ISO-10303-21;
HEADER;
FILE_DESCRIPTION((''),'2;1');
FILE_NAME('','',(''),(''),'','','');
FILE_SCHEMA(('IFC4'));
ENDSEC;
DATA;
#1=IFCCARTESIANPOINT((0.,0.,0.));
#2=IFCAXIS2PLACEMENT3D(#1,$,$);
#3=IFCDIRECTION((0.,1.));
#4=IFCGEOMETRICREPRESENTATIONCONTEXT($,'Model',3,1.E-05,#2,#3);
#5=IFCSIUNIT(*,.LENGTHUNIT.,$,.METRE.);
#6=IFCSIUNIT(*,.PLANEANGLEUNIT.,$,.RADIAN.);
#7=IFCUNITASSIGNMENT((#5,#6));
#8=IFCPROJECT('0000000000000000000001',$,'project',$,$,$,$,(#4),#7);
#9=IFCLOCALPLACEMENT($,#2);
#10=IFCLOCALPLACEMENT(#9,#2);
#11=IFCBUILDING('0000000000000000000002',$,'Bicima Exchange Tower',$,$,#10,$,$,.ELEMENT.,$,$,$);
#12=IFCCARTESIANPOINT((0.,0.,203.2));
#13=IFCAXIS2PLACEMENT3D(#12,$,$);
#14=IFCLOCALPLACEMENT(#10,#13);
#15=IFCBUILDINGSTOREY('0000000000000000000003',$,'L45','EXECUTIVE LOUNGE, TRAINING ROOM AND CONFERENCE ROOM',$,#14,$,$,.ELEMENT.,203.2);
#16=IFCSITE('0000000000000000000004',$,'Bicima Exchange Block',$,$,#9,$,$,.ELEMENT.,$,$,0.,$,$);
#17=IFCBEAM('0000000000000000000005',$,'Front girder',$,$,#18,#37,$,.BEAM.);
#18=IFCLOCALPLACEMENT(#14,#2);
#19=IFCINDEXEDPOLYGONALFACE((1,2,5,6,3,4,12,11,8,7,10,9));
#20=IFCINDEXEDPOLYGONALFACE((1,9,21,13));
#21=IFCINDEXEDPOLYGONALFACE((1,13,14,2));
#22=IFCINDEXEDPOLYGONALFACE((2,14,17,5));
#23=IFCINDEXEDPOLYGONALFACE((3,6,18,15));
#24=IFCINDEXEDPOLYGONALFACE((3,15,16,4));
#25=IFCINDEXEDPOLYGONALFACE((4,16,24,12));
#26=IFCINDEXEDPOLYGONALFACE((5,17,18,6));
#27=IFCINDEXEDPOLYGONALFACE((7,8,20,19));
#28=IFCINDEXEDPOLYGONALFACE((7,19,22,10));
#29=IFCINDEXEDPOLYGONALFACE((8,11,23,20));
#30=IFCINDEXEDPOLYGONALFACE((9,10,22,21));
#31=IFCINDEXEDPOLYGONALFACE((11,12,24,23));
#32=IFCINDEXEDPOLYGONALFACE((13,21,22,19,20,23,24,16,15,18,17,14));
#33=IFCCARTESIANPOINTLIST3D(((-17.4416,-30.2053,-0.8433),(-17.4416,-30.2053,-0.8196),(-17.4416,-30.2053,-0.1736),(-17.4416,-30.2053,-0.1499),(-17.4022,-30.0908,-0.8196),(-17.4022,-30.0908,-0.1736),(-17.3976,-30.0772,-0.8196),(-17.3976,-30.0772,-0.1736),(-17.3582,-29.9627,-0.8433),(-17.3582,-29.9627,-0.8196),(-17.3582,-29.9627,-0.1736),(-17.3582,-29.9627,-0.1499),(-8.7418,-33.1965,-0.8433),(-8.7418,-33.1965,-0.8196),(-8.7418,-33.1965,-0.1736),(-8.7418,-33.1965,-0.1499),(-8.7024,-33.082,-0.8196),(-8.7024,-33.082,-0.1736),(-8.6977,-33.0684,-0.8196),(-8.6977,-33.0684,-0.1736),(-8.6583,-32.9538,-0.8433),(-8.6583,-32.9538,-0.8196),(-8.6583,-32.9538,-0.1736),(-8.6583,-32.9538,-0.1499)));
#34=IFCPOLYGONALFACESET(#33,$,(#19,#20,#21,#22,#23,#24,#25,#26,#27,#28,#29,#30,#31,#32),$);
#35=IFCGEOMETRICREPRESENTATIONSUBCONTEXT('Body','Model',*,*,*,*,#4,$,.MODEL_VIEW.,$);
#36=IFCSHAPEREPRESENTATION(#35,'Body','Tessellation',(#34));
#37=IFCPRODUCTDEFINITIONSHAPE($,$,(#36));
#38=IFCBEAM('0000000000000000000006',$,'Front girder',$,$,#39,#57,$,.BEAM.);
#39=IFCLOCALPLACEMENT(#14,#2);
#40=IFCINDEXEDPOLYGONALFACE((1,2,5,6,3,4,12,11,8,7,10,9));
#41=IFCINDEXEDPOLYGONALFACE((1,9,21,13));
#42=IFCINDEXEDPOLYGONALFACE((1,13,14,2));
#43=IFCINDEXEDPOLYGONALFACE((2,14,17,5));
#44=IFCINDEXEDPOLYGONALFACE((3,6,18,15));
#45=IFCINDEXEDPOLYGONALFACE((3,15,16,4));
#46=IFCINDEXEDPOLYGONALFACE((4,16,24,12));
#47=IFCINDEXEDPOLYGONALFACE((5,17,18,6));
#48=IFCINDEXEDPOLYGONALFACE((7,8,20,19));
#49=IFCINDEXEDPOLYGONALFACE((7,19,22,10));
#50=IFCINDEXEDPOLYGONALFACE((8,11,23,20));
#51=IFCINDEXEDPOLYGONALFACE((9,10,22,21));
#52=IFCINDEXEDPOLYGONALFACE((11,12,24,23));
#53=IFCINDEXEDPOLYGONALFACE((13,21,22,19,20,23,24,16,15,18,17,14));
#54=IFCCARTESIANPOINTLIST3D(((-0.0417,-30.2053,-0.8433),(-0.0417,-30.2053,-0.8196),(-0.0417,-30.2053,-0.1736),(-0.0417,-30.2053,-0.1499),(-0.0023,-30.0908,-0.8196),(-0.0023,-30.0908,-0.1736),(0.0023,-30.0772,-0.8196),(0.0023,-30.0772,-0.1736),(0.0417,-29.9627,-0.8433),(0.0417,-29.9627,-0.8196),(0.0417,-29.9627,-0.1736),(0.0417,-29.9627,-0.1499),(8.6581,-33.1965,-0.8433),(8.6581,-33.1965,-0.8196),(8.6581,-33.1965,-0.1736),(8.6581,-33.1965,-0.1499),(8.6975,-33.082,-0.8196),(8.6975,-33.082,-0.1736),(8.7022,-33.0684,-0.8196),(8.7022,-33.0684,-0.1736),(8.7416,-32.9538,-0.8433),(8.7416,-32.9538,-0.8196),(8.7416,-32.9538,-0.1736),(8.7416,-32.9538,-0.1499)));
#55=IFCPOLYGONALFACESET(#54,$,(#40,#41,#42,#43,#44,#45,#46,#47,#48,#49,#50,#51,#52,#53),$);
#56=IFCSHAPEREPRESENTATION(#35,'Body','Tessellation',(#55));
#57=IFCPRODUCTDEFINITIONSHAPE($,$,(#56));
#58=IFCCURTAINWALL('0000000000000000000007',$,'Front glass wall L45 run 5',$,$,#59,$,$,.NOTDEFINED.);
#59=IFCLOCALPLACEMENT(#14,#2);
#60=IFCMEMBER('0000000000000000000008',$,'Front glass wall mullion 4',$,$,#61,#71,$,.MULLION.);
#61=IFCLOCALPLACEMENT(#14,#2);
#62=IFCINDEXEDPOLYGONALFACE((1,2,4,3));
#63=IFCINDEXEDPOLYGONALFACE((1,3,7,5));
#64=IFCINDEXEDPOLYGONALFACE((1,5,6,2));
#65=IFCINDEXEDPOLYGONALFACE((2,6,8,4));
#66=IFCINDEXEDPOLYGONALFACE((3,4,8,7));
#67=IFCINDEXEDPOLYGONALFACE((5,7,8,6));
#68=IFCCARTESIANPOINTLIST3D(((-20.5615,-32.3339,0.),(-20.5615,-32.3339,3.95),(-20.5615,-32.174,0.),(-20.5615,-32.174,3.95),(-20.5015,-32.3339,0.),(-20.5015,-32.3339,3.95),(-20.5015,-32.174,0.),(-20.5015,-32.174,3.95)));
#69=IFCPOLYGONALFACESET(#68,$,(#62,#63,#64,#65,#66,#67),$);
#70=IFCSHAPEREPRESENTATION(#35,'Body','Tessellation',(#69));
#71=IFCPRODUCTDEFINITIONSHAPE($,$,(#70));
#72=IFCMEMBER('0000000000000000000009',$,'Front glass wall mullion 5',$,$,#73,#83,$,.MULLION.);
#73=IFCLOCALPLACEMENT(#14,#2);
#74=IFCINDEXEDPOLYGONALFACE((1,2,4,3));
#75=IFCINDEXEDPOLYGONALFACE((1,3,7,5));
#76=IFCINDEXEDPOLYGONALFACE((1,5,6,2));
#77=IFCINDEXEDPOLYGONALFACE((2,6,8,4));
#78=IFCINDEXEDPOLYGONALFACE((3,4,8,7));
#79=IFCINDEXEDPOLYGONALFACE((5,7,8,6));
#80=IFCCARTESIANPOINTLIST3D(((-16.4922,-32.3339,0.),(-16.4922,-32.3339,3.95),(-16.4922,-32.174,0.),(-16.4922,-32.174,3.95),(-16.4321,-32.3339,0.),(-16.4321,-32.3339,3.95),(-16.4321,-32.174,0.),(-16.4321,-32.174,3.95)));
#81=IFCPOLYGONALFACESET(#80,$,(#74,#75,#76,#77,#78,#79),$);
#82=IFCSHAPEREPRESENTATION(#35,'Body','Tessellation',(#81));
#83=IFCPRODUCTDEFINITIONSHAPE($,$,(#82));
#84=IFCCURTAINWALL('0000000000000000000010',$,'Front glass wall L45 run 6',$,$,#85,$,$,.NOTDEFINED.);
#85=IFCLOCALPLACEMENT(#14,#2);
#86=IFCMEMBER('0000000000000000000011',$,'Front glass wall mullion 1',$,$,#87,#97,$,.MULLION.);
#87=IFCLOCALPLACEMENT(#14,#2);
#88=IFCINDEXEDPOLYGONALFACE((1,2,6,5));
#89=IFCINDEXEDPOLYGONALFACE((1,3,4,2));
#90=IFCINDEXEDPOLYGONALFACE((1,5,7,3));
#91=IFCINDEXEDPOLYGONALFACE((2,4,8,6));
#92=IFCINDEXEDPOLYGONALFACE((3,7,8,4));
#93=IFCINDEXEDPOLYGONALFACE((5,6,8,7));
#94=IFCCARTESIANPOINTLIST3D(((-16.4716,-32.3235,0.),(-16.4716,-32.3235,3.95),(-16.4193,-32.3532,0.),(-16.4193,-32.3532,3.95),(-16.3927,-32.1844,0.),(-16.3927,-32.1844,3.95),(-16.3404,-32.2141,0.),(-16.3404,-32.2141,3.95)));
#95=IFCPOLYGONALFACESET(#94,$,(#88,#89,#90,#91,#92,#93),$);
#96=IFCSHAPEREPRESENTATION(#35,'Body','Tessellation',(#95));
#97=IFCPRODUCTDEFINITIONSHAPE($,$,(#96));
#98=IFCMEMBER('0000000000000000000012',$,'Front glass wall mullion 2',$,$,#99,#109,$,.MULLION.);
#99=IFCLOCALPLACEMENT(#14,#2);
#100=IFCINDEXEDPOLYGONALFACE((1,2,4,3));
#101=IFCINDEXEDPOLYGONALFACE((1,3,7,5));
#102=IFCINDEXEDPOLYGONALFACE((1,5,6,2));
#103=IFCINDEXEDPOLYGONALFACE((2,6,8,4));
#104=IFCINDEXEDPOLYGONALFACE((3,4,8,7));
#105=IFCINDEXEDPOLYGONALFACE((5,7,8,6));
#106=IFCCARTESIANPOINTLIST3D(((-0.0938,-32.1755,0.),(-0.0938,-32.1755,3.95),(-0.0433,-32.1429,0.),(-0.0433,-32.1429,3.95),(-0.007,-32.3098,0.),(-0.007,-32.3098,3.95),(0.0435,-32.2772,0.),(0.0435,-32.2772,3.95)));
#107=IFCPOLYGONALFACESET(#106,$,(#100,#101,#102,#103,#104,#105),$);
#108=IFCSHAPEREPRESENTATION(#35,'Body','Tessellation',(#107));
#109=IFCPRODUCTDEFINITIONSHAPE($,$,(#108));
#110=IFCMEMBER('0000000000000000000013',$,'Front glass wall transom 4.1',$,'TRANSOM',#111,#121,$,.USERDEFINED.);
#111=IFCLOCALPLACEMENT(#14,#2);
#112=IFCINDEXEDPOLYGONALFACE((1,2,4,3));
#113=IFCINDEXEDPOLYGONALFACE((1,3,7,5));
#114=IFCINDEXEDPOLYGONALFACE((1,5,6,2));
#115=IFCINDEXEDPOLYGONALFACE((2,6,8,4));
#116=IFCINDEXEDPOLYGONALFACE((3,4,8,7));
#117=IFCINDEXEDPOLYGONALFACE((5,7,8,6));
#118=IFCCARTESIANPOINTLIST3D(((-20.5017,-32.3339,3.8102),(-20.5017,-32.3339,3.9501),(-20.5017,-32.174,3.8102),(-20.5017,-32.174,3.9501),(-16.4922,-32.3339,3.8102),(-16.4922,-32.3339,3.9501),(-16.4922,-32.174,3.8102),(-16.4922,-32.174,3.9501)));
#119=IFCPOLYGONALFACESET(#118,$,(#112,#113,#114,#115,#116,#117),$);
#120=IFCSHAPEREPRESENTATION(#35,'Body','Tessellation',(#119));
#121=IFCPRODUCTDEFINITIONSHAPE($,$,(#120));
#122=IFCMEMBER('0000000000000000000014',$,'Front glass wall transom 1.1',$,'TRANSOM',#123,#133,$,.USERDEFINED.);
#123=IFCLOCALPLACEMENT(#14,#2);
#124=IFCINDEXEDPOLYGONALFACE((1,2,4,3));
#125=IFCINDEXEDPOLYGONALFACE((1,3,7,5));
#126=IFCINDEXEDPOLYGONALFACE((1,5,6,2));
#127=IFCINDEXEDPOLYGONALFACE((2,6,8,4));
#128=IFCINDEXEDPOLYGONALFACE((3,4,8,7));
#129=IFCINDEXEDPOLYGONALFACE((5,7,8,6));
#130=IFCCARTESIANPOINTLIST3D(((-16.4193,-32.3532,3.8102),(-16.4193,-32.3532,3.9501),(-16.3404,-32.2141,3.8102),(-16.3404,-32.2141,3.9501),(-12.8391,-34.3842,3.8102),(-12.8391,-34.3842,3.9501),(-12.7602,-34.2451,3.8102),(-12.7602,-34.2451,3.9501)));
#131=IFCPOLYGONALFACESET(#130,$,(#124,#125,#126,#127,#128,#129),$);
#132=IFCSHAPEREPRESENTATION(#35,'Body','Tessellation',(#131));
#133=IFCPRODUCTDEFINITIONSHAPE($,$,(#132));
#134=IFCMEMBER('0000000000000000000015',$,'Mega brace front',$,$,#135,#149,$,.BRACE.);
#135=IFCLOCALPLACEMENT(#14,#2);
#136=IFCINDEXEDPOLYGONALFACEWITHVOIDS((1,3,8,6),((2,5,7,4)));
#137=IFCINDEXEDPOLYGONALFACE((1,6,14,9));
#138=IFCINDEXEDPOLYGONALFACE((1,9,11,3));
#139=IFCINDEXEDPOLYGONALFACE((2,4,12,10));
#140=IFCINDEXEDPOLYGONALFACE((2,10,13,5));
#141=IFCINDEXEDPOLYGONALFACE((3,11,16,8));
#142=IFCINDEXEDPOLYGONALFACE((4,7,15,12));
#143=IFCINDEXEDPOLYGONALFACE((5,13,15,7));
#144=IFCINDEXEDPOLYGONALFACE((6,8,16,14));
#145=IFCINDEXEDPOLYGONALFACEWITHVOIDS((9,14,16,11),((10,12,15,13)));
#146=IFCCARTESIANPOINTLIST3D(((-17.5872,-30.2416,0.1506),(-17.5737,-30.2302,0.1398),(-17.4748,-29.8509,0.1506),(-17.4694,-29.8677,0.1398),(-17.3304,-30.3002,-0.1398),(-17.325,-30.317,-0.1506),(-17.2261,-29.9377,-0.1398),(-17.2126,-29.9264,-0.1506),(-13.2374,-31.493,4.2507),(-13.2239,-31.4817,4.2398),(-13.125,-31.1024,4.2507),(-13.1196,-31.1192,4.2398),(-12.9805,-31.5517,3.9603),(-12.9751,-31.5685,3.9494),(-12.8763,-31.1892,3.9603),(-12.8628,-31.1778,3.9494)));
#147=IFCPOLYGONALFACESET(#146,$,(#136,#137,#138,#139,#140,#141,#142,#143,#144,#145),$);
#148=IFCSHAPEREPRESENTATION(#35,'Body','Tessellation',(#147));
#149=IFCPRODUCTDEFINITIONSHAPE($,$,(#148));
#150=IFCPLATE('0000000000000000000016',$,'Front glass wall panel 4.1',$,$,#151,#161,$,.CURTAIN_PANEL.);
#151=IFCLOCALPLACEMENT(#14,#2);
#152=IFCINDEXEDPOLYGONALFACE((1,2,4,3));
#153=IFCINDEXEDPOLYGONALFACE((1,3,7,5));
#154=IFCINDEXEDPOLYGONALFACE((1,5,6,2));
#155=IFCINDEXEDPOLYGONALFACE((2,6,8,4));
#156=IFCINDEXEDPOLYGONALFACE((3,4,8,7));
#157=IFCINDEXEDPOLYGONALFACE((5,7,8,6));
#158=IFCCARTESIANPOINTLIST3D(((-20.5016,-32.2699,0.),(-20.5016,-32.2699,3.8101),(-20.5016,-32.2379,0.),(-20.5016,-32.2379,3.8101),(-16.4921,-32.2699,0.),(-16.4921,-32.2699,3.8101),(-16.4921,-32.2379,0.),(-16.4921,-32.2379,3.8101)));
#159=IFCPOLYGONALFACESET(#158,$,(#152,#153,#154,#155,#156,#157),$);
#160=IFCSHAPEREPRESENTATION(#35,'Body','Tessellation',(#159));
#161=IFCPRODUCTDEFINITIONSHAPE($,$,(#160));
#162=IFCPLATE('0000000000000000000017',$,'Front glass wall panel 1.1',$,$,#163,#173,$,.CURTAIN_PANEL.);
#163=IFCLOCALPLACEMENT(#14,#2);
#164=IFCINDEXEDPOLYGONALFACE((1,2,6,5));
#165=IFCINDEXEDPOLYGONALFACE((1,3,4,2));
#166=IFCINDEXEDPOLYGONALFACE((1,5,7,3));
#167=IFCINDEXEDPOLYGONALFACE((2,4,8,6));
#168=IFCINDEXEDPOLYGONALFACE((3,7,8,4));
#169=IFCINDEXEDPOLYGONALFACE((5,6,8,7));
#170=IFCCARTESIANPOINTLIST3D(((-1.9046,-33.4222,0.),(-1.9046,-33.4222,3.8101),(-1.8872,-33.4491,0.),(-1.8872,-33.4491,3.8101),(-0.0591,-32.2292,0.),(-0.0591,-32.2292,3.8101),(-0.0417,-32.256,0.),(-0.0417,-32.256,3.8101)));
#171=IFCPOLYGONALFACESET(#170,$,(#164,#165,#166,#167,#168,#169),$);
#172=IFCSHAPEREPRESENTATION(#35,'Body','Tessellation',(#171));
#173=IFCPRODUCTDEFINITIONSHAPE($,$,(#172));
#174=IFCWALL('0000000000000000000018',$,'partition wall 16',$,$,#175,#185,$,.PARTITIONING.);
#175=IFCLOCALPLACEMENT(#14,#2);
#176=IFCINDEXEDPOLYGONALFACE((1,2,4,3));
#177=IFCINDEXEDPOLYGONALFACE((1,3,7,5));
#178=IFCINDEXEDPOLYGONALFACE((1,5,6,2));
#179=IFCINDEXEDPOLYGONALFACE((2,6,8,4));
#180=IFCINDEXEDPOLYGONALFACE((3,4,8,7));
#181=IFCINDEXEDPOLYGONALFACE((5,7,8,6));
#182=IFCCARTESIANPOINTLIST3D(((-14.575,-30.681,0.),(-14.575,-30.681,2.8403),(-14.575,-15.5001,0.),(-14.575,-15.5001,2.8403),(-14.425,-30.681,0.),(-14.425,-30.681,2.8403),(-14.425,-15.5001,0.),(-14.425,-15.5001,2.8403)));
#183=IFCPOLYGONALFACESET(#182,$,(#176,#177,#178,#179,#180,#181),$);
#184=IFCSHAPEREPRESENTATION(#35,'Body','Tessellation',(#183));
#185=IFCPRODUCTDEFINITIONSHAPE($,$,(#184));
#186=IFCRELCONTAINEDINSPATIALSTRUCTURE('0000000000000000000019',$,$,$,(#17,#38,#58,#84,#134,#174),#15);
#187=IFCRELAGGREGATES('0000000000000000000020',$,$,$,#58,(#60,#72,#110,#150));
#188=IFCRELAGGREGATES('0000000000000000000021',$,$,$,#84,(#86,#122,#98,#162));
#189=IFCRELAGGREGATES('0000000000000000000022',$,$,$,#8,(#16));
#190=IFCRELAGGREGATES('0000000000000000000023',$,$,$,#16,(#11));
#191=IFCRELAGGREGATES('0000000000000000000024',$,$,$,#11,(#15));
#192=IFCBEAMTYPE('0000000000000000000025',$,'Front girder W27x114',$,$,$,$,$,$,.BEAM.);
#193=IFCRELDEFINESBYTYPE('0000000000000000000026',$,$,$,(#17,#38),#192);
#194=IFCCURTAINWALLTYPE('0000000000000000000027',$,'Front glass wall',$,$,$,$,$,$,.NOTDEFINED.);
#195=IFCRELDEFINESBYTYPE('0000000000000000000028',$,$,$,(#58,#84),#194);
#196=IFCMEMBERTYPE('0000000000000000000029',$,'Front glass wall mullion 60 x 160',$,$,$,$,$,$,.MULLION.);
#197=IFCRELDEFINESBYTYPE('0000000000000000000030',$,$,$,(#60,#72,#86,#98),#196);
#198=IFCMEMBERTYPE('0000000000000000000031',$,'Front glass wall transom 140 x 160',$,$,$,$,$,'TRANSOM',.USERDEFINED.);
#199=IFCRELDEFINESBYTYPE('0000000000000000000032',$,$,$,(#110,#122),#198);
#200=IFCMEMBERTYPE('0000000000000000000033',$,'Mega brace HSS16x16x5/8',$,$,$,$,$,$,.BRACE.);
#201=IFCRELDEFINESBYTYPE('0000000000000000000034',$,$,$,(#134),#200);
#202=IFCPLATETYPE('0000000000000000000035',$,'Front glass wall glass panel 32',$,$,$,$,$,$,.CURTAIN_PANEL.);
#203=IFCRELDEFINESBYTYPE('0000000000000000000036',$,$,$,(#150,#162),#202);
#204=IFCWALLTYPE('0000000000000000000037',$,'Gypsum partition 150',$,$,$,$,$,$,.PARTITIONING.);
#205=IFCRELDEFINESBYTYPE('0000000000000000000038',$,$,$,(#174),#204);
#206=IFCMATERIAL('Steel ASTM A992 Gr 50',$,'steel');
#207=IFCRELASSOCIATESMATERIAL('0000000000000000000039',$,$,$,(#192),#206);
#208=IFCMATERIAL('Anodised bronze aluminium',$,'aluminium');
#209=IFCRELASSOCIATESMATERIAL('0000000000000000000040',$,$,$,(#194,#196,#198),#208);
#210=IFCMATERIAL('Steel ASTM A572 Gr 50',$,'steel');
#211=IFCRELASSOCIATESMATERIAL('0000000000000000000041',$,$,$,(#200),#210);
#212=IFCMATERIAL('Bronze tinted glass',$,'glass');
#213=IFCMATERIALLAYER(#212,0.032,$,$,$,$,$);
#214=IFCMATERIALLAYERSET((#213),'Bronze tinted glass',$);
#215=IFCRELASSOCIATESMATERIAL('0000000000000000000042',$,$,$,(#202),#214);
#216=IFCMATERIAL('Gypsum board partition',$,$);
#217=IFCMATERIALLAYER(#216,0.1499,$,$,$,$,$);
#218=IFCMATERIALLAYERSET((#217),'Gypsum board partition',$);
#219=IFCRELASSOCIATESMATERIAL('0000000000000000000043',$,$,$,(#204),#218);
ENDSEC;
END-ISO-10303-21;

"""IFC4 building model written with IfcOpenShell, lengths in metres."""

from ifc_helpers import new_model, si_unit, direction, frame, frame_2d, origin, origin_2d, place, context, subcontext, project, spatial, rectangle, hollow_rectangle, i_section, extrude, material, layer, layer_set, material_profile, profile_set, type_object, element, aggregate, save


model = new_model("IFC4")

# Units and contexts
model_context = context("Model", 3, precision=1e-05, world=origin(), true_north=direction((0.0, 1.0)))
body_context = subcontext(model_context, "Body", "Model", "MODEL_VIEW")
ifc_project = project(units=[si_unit("LENGTHUNIT", "METRE"), si_unit("PLANEANGLEUNIT", "RADIAN")], contexts=[model_context])

# Site, building, storey
site_placement = place(None, origin())
site = spatial("IfcSite", under=ifc_project, at=site_placement, Name="Bicima Exchange Block", CompositionType="ELEMENT", RefElevation=0.0)
building_placement = place(site_placement, origin())
building = spatial("IfcBuilding", under=site, at=building_placement, Name="Bicima Exchange Tower", CompositionType="ELEMENT")
storey_placement = place(building_placement, frame((0.0, 0.0, 203.2)))
storey = spatial("IfcBuildingStorey", under=building, at=storey_placement, Name="L45", Description="EXECUTIVE LOUNGE, TRAINING ROOM AND CONFERENCE ROOM", CompositionType="ELEMENT", Elevation=203.2)

# Shared definitions
ifc_material_1 = material(Name="Steel ASTM A992 Gr 50", Category="steel")

# Beams
ifc_material_profile_1 = material_profile(ifc_material_1, i_section(OverallWidth=0.2566, OverallDepth=0.6934, WebThickness=0.0144, FlangeThickness=0.0237, at=origin_2d()))
ifc_profile_set_1 = profile_set([ifc_material_profile_1], Name="Steel ASTM A992 Gr 50")
beam_type_1 = type_object("IfcBeamType", Name="Front girder W27x114", PredefinedType="BEAM", material=ifc_profile_set_1)
for number, where, z_axis, x_axis, name in (
    (1, (-17.3999, -30.084, -0.4966), (0.945666, -0.325138, 0.0), (0.325138, 0.945666, 0.0), "Front girder"),
    (2, (0.0, -30.084, -0.4966), (0.945666, -0.325138, 0.0), (0.325138, 0.945666, 0.0), "Front girder"),
):
    element("IfcBeam", number, at=place(storey_placement, frame(where, z_axis=z_axis, x_axis=x_axis)), inside=storey, type_object=beam_type_1, Name=name, PredefinedType="BEAM", context=body_context, shape_type="SweptSolid", body=[
        extrude(i_section(OverallWidth=0.2566, OverallDepth=0.6934, WebThickness=0.0144, FlangeThickness=0.0237, at=origin_2d()), origin(), (0.0, 0.0, 1.0), 9.1997),
    ])

# Curtain walls, members
ifc_material_2 = material(Name="Anodised bronze aluminium", Category="aluminium")
curtain_wall_type = type_object("IfcCurtainWallType", Name="Front glass wall", PredefinedType="NOTDEFINED", material=ifc_material_2)
curtain_wall_1_placement = place(storey_placement, origin())
curtain_wall_1 = element("IfcCurtainWall", 3, at=curtain_wall_1_placement, inside=storey, type_object=curtain_wall_type, Name="Front glass wall L45 run 5", PredefinedType="NOTDEFINED")
ifc_material_profile_2 = material_profile(ifc_material_2, rectangle(XDim=0.1599, YDim=0.0601, at=origin_2d()))
ifc_profile_set_2 = profile_set([ifc_material_profile_2], Name="Anodised bronze aluminium")
member_type_1 = type_object("IfcMemberType", Name="Front glass wall mullion 60 x 160", PredefinedType="MULLION", material=ifc_profile_set_2)
member_1_placement = place(storey_placement, frame((-20.5315, -32.2539, 0.0), z_axis=(0.0, 0.0, 1.0), x_axis=(0.0, 1.0, 0.0)))
member_1 = element("IfcMember", 4, at=member_1_placement, type_object=member_type_1, Name="Front glass wall mullion 4", PredefinedType="MULLION", context=body_context, shape_type="SweptSolid", body=[
    extrude(rectangle(XDim=0.1599, YDim=0.0601, at=origin_2d()), origin(), (0.0, 0.0, 1.0), 3.95),
])
member_2_placement = place(storey_placement, frame((-16.4622, -32.2539, 0.0), z_axis=(0.0, 0.0, 1.0), x_axis=(0.0, 1.0, 0.0)))
member_2 = element("IfcMember", 5, at=member_2_placement, type_object=member_type_1, Name="Front glass wall mullion 5", PredefinedType="MULLION", context=body_context, shape_type="SweptSolid", body=[
    extrude(rectangle(XDim=0.1599, YDim=0.0601, at=origin_2d()), origin(), (0.0, 0.0, 1.0), 3.95),
])
curtain_wall_2_placement = place(storey_placement, origin())
curtain_wall_2 = element("IfcCurtainWall", 6, at=curtain_wall_2_placement, inside=storey, type_object=curtain_wall_type, Name="Front glass wall L45 run 6", PredefinedType="NOTDEFINED")
member_3_placement = place(storey_placement, frame((-16.406, -32.2688, 0.0), z_axis=(0.0, 0.0, 1.0), x_axis=(0.493395, 0.869805, 0.0)))
member_3 = element("IfcMember", 7, at=member_3_placement, type_object=member_type_1, Name="Front glass wall mullion 1", PredefinedType="MULLION", context=body_context, shape_type="SweptSolid", body=[
    extrude(rectangle(XDim=0.1599, YDim=0.0601, at=origin_2d()), origin(), (0.0, 0.0, 1.0), 3.95),
])
member_4_placement = place(storey_placement, frame((-0.0251, -32.2263, 0.0), z_axis=(0.0, 0.0, 1.0), x_axis=(-0.542897, 0.839799, 0.0)))
member_4 = element("IfcMember", 8, at=member_4_placement, type_object=member_type_1, Name="Front glass wall mullion 2", PredefinedType="MULLION", context=body_context, shape_type="SweptSolid", body=[
    extrude(rectangle(XDim=0.1599, YDim=0.0601, at=origin_2d()), origin(), (0.0, 0.0, 1.0), 3.95),
])

# Members
ifc_material_profile_3 = material_profile(ifc_material_2, rectangle(XDim=0.1599, YDim=0.1399, at=origin_2d()))
ifc_profile_set_3 = profile_set([ifc_material_profile_3], Name="Anodised bronze aluminium")
member_type_2 = type_object("IfcMemberType", Name="Front glass wall transom 140 x 160", ElementType="TRANSOM", PredefinedType="USERDEFINED", material=ifc_profile_set_3)
member_5_placement = place(storey_placement, frame((-20.5017, -32.2539, 3.8801), z_axis=(1.0, 0.0, 0.0), x_axis=(0.0, 1.0, 0.0)))
member_5 = element("IfcMember", 9, at=member_5_placement, type_object=member_type_2, Name="Front glass wall transom 4.1", ObjectType="TRANSOM", PredefinedType="USERDEFINED", context=body_context, shape_type="SweptSolid", body=[
    extrude(rectangle(XDim=0.1599, YDim=0.1399, at=origin_2d()), origin(), (0.0, 0.0, 1.0), 4.0095),
])
member_6_placement = place(storey_placement, frame((-16.3799, -32.2837, 3.8801), z_axis=(0.869797, -0.493409, 0.0), x_axis=(0.493409, 0.869797, 0.0)))
member_6 = element("IfcMember", 10, at=member_6_placement, type_object=member_type_2, Name="Front glass wall transom 1.1", ObjectType="TRANSOM", PredefinedType="USERDEFINED", context=body_context, shape_type="SweptSolid", body=[
    extrude(rectangle(XDim=0.1599, YDim=0.1399, at=origin_2d()), origin(), (0.0, 0.0, 1.0), 4.1162),
])
ifc_material_3 = material(Name="Steel ASTM A572 Gr 50", Category="steel")
ifc_material_profile_4 = material_profile(ifc_material_3, hollow_rectangle(XDim=0.4065, YDim=0.4065, WallThickness=0.0146, at=origin_2d()))
ifc_profile_set_4 = profile_set([ifc_material_profile_4], Name="Steel ASTM A572 Gr 50")
member_type_3 = type_object("IfcMemberType", Name="Mega brace HSS16x16x5/8", PredefinedType="BRACE", material=ifc_profile_set_4)
member_7_placement = place(storey_placement, frame((-17.3999, -30.084, 0.0), z_axis=(0.712247, -0.204915, 0.671352), x_axis=(0.276487, 0.961018, 0.0)))
element("IfcMember", 11, at=member_7_placement, inside=storey, type_object=member_type_3, Name="Mega brace front", PredefinedType="BRACE", context=body_context, shape_type="SweptSolid", body=[
    extrude(hollow_rectangle(XDim=0.4065, YDim=0.4065, WallThickness=0.0146, at=origin_2d()), origin(), (0.0, 0.0, 1.0), 6.1072),
])

# Plates
ifc_material_4 = material(Name="Bronze tinted glass", Category="glass")
ifc_layer_1 = layer(ifc_material_4, 0.032)
ifc_layer_set_1 = layer_set([ifc_layer_1], Name="Bronze tinted glass")
plate_type = type_object("IfcPlateType", Name="Front glass wall glass panel 32", PredefinedType="CURTAIN_PANEL", material=ifc_layer_set_1)
plate_1_placement = place(storey_placement, frame((-18.4968, -32.2539, 0.0), z_axis=(0.0, 0.0, 1.0), x_axis=(1.0, 0.0, 0.0)))
plate_1 = element("IfcPlate", 12, at=plate_1_placement, type_object=plate_type, Name="Front glass wall panel 4.1", PredefinedType="CURTAIN_PANEL", context=body_context, shape_type="SweptSolid", body=[
    extrude(rectangle(XDim=4.0095, YDim=0.032, at=origin_2d()), origin(), (0.0, 0.0, 1.0), 3.8101),
])
aggregate(curtain_wall_1, [member_1, member_2, member_5, plate_1])
plate_2_placement = place(storey_placement, frame((-0.9731, -32.8391, 0.0), z_axis=(0.0, 0.0, 1.0), x_axis=(0.839799, 0.542897, 0.0)))
plate_2 = element("IfcPlate", 13, at=plate_2_placement, type_object=plate_type, Name="Front glass wall panel 1.1", PredefinedType="CURTAIN_PANEL", context=body_context, shape_type="SweptSolid", body=[
    extrude(rectangle(XDim=2.1975, YDim=0.032, at=origin_2d()), origin(), (0.0, 0.0, 1.0), 3.8101),
])
aggregate(curtain_wall_2, [member_3, member_6, member_4, plate_2])

# Wall
ifc_material_5 = material(Name="Gypsum board partition")
ifc_layer_2 = layer(ifc_material_5, 0.1499)
ifc_layer_set_2 = layer_set([ifc_layer_2], Name="Gypsum board partition")
wall_type = type_object("IfcWallType", Name="Gypsum partition 150", PredefinedType="PARTITIONING", material=ifc_layer_set_2)
wall_1_placement = place(storey_placement, frame((-14.5, -30.6809, 0.0), z_axis=(0.0, 0.0, 1.0), x_axis=(0.0, 1.0, 0.0)))
element("IfcWall", 14, at=wall_1_placement, inside=storey, type_object=wall_type, Name="partition wall 16", PredefinedType="PARTITIONING", context=body_context, shape_type="SweptSolid", body=[
    extrude(rectangle(XDim=15.1809, YDim=0.1499, at=frame_2d((7.5903, 0.0))), origin(), (0.0, 0.0, 1.0), 2.8403),
])

save(model, "model.ifc")
